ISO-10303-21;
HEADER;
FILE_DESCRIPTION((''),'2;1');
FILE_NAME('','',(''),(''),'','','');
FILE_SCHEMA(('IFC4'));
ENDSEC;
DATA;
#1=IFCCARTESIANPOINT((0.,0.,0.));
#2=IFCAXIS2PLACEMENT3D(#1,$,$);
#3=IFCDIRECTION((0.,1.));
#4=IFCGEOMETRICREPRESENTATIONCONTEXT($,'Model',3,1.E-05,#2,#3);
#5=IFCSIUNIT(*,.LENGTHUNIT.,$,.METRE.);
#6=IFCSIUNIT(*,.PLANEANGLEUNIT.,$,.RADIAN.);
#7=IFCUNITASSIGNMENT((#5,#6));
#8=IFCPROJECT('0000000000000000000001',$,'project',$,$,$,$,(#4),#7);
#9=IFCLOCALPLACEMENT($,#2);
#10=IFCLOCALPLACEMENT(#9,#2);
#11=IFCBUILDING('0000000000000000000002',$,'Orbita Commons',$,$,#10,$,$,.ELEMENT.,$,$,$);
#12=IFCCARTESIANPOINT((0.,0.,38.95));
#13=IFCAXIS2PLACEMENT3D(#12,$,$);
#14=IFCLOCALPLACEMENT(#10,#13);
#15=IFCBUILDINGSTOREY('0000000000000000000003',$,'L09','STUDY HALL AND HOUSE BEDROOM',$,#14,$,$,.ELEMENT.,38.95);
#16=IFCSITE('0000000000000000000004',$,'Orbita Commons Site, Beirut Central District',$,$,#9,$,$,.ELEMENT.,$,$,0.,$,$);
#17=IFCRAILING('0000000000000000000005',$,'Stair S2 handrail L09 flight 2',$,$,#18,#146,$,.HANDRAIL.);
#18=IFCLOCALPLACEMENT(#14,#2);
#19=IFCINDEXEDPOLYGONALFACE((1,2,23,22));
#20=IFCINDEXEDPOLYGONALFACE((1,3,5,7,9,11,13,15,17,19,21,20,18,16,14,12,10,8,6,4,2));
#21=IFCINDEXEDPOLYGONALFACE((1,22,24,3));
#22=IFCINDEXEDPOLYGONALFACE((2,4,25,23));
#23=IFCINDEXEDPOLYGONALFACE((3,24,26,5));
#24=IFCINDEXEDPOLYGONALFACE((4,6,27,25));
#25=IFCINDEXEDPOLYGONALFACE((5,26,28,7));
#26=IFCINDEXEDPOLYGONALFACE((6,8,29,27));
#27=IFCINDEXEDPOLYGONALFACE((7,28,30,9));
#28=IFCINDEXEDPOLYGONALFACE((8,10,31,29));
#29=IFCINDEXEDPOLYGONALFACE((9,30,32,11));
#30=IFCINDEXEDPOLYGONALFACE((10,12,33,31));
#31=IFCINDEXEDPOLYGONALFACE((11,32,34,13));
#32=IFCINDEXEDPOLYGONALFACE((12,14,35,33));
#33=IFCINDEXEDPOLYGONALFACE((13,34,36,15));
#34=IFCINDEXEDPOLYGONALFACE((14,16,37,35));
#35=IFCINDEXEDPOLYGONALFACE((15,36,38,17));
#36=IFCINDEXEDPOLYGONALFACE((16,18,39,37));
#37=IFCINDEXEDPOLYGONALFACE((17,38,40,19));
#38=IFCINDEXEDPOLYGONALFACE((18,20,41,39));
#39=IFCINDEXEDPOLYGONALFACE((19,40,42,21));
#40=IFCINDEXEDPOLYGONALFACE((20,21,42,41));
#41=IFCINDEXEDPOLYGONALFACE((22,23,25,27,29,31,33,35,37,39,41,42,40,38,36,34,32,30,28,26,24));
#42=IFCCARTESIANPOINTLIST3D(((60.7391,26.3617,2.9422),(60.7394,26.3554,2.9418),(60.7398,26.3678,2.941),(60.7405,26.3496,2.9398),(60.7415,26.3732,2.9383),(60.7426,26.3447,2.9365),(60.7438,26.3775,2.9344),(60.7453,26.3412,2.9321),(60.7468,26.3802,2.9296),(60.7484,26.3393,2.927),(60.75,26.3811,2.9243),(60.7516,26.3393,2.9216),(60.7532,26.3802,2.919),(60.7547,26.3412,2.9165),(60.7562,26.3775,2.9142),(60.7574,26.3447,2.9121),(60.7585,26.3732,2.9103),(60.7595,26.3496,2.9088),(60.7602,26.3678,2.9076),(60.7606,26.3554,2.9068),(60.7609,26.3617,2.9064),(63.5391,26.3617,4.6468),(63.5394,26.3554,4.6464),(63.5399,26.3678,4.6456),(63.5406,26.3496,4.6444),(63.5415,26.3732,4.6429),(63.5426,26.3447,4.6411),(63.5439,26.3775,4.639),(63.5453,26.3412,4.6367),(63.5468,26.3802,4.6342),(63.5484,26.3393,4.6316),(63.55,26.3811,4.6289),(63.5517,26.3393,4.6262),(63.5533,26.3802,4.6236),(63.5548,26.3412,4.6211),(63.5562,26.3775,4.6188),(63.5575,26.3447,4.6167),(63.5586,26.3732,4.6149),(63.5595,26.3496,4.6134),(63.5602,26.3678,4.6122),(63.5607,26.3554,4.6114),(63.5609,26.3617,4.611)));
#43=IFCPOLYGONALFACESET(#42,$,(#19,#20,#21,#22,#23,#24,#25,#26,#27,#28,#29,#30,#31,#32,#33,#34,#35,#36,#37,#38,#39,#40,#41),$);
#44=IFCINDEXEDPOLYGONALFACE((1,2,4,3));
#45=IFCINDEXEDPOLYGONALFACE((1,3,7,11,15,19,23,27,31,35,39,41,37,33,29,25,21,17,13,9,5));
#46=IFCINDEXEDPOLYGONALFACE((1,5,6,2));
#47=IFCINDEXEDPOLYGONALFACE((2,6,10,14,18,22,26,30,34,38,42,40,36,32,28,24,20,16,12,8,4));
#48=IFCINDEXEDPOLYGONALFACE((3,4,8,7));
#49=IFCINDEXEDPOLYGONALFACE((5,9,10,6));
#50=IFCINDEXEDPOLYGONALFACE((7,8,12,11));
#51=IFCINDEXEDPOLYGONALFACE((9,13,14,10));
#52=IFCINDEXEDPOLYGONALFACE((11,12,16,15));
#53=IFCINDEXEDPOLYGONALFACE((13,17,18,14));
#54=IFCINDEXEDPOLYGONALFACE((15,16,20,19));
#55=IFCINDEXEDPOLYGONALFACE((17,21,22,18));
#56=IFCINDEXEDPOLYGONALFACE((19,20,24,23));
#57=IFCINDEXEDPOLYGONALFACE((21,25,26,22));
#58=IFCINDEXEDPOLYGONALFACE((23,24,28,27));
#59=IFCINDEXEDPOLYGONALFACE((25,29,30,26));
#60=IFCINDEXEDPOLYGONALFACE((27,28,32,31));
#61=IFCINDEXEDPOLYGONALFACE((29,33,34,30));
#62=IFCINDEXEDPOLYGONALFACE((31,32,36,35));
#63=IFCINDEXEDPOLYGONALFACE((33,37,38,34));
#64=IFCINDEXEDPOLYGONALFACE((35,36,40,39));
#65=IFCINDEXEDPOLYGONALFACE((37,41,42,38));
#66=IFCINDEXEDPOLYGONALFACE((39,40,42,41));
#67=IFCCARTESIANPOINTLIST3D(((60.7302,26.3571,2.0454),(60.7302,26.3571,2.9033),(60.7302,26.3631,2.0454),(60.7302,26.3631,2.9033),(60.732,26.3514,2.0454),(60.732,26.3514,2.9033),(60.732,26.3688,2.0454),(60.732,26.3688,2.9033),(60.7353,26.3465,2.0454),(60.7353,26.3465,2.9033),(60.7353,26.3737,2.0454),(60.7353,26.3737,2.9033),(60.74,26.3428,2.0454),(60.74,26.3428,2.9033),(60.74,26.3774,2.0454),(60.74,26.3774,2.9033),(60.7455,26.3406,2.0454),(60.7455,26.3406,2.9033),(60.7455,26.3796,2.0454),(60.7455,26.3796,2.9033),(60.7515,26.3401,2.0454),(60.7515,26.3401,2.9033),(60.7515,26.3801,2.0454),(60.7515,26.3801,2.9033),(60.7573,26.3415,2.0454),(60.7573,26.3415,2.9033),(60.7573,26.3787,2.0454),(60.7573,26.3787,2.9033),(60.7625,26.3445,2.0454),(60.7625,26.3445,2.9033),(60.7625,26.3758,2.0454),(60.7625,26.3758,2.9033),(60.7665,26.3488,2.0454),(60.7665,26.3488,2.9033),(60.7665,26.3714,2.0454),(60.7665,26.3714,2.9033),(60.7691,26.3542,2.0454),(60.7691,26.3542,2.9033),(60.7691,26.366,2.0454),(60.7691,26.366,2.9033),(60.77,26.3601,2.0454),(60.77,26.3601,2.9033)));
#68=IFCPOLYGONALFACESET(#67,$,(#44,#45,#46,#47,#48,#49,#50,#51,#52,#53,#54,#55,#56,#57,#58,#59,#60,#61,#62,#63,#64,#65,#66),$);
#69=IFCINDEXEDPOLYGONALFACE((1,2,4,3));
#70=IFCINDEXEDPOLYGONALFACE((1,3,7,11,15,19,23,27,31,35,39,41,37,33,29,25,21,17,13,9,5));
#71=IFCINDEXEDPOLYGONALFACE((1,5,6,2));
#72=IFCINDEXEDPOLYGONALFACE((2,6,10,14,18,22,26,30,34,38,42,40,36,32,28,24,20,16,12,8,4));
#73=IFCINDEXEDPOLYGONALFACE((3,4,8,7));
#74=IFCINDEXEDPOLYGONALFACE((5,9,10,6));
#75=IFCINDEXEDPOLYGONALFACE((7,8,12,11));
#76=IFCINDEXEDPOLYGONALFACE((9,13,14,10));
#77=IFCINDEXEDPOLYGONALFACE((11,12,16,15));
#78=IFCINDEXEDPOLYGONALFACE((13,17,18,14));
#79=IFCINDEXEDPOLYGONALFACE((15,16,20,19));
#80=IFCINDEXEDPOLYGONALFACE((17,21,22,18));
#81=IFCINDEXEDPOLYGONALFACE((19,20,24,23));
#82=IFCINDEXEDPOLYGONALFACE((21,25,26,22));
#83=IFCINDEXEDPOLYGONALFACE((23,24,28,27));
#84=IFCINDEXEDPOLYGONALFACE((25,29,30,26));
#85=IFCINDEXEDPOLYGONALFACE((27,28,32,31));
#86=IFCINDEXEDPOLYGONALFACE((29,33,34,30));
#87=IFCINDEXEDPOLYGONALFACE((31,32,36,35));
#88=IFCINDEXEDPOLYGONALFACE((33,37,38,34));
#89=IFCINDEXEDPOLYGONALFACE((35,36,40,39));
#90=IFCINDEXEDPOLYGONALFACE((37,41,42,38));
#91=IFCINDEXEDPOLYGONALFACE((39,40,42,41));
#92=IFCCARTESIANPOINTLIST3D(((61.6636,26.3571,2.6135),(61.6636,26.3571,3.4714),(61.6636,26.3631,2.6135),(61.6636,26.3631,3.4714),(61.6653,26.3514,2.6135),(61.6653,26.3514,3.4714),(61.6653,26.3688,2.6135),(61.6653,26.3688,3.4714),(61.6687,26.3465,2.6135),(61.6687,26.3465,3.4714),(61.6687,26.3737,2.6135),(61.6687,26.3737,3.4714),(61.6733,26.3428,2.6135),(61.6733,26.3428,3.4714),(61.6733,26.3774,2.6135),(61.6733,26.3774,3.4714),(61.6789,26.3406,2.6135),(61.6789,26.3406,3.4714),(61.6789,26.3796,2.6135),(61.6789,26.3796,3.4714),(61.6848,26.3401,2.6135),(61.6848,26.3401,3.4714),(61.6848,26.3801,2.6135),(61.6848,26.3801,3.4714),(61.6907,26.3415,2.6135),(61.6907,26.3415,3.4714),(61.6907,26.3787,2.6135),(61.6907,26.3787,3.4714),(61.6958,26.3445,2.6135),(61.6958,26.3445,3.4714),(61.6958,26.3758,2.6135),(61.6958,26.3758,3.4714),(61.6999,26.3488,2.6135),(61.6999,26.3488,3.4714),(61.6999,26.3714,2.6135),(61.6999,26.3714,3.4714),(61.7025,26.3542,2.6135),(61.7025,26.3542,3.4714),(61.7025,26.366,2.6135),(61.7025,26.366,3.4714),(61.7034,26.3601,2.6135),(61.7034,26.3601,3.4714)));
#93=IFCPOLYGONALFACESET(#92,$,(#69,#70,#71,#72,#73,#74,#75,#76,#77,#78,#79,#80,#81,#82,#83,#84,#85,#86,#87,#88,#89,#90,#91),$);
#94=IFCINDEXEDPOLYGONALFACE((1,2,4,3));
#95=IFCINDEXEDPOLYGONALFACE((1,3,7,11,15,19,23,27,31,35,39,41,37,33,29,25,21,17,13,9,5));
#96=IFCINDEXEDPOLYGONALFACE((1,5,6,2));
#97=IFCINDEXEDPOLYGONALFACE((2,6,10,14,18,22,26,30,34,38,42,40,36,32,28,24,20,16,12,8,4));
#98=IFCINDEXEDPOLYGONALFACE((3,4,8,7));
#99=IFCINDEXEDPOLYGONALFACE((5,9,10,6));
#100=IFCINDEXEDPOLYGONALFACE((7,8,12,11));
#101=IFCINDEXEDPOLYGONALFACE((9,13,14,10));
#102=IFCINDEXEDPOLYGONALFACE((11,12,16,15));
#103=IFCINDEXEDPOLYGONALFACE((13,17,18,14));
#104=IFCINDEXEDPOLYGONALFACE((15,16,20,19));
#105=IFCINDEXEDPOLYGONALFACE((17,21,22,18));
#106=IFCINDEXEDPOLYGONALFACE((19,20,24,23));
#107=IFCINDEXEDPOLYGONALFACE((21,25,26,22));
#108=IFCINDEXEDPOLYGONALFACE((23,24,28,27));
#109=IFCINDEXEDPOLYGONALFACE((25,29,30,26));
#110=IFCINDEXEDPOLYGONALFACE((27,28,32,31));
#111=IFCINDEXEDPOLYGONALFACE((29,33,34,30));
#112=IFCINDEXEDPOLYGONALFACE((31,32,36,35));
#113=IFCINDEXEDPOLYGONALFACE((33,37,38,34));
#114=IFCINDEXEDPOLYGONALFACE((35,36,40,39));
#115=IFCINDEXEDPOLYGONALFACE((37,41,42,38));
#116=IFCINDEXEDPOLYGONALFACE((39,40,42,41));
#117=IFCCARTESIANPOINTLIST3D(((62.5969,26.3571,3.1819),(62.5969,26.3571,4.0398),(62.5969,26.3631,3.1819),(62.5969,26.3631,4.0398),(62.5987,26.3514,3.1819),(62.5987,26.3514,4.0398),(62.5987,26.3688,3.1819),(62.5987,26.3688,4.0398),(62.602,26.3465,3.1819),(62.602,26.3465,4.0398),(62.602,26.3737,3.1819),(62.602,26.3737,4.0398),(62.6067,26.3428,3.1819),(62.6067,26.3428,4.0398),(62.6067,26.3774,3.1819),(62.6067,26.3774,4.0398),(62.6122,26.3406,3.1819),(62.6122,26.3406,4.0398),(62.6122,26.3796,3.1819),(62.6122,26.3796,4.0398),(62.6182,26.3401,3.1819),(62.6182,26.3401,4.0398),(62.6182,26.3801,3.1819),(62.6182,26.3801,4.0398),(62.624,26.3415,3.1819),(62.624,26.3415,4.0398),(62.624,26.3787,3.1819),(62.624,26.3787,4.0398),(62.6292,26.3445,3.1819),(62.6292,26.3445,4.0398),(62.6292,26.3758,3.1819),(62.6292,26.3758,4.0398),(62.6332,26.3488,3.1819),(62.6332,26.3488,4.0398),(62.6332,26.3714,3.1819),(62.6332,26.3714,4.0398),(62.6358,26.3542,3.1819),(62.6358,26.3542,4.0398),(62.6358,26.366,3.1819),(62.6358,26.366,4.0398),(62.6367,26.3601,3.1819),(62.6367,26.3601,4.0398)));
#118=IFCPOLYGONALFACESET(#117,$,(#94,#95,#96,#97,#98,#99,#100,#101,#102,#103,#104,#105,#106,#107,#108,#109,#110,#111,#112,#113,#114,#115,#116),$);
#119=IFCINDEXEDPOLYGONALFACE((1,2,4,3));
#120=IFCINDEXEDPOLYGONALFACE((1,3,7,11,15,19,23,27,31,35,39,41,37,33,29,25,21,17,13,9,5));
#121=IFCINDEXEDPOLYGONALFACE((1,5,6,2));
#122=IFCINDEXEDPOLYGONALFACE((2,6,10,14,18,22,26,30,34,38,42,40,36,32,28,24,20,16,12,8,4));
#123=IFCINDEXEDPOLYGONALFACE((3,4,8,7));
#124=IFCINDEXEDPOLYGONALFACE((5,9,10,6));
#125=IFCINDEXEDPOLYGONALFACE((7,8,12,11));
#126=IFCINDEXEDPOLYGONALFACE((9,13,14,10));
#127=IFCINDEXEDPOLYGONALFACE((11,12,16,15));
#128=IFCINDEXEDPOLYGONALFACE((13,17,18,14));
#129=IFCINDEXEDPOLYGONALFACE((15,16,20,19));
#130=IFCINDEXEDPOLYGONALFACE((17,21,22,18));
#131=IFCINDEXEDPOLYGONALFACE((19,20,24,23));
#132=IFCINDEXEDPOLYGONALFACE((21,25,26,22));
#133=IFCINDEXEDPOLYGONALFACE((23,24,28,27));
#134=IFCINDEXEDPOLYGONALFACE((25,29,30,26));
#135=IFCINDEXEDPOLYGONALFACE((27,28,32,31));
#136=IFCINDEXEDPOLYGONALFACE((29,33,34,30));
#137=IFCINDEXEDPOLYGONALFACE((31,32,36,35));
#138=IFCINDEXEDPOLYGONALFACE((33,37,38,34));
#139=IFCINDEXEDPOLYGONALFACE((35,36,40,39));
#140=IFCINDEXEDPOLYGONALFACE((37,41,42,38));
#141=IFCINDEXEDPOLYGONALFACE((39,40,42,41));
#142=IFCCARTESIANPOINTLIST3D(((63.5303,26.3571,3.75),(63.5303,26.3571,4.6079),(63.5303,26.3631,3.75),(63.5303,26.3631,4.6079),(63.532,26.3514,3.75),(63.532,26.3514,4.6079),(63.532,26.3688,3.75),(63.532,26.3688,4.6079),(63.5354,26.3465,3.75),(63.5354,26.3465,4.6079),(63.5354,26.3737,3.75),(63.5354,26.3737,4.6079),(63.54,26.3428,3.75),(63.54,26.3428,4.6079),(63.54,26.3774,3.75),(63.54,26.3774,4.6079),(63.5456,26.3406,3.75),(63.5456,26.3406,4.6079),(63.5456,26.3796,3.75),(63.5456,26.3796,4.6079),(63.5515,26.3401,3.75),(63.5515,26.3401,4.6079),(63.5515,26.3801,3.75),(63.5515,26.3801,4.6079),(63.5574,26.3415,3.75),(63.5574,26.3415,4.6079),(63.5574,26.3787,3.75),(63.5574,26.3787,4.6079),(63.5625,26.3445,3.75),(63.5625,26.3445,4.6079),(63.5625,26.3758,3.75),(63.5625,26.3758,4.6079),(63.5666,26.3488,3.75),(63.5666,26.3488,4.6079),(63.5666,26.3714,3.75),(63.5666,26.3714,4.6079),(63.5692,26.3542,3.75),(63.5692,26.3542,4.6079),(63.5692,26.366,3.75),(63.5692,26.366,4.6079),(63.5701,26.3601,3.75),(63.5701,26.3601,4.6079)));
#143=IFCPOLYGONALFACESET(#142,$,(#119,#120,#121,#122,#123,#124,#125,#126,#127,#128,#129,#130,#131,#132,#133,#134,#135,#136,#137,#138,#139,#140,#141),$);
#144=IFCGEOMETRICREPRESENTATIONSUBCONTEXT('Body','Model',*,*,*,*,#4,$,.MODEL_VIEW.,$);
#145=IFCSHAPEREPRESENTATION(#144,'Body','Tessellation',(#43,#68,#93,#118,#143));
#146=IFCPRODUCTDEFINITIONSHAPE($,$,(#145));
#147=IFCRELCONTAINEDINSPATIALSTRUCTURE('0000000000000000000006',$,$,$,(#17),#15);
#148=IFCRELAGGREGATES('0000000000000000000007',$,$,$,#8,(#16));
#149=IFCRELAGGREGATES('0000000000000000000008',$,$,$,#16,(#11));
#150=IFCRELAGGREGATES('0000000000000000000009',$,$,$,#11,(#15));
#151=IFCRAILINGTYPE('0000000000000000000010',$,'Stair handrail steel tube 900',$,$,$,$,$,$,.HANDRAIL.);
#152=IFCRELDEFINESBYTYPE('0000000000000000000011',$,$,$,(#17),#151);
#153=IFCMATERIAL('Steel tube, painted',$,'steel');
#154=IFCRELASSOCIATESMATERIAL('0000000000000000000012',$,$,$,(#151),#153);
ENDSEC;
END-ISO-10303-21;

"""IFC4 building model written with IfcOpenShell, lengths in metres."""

from ifc_helpers import new_model, si_unit, direction, frame, origin, origin_2d, place, context, subcontext, project, spatial, circle, extrude, material, type_object, element, save


model = new_model("IFC4")

# Units and contexts
model_context = context("Model", 3, precision=1e-05, world=origin(), true_north=direction((0.0, 1.0)))
body_context = subcontext(model_context, "Body", "Model", "MODEL_VIEW")
ifc_project = project(units=[si_unit("LENGTHUNIT", "METRE"), si_unit("PLANEANGLEUNIT", "RADIAN")], contexts=[model_context])

# Site, building, storey
site_placement = place(None, origin())
site = spatial("IfcSite", under=ifc_project, at=site_placement, Name="Orbita Commons Site, Beirut Central District", CompositionType="ELEMENT", RefElevation=0.0)
building_placement = place(site_placement, origin())
building = spatial("IfcBuilding", under=site, at=building_placement, Name="Orbita Commons", CompositionType="ELEMENT")
storey_placement = place(building_placement, frame((0.0, 0.0, 38.95)))
storey = spatial("IfcBuildingStorey", under=building, at=storey_placement, Name="L09", Description="STUDY HALL AND HOUSE BEDROOM", CompositionType="ELEMENT", Elevation=38.95)

# Railing
ifc_material_1 = material(Name="Steel tube, painted", Category="steel")
railing_type = type_object("IfcRailingType", Name="Stair handrail steel tube 900", PredefinedType="HANDRAIL", material=ifc_material_1)
for number, where, name in (
    (1, (60.75, 26.3601, 2.0454), "Stair S2 handrail L09 flight 2"),
):
    element("IfcRailing", number, at=place(storey_placement, frame(where)), inside=storey, type_object=railing_type, Name=name, PredefinedType="HANDRAIL", context=body_context, shape_type="SweptSolid", body=[
        extrude(circle(Radius=0.021, at=origin_2d()), frame((0.0, 0.0, 0.8789), z_axis=(0.85417, 0.0, 0.519994), x_axis=(0.0, 1.0, 0.0)), (0.0, 0.0, 1.0), 3.2781),
        extrude(circle(Radius=0.02, at=origin_2d()), origin(), (0.0, 0.0, 1.0), 0.8579),
        extrude(circle(Radius=0.02, at=origin_2d()), frame((0.9333, 0.0, 0.5681)), (0.0, 0.0, 1.0), 0.8579),
        extrude(circle(Radius=0.02, at=origin_2d()), frame((1.8667, 0.0, 1.1365)), (0.0, 0.0, 1.0), 0.8579),
        extrude(circle(Radius=0.02, at=origin_2d()), frame((2.8, 0.0, 1.7046)), (0.0, 0.0, 1.0), 0.8579),
    ])

save(model, "model.ifc")
